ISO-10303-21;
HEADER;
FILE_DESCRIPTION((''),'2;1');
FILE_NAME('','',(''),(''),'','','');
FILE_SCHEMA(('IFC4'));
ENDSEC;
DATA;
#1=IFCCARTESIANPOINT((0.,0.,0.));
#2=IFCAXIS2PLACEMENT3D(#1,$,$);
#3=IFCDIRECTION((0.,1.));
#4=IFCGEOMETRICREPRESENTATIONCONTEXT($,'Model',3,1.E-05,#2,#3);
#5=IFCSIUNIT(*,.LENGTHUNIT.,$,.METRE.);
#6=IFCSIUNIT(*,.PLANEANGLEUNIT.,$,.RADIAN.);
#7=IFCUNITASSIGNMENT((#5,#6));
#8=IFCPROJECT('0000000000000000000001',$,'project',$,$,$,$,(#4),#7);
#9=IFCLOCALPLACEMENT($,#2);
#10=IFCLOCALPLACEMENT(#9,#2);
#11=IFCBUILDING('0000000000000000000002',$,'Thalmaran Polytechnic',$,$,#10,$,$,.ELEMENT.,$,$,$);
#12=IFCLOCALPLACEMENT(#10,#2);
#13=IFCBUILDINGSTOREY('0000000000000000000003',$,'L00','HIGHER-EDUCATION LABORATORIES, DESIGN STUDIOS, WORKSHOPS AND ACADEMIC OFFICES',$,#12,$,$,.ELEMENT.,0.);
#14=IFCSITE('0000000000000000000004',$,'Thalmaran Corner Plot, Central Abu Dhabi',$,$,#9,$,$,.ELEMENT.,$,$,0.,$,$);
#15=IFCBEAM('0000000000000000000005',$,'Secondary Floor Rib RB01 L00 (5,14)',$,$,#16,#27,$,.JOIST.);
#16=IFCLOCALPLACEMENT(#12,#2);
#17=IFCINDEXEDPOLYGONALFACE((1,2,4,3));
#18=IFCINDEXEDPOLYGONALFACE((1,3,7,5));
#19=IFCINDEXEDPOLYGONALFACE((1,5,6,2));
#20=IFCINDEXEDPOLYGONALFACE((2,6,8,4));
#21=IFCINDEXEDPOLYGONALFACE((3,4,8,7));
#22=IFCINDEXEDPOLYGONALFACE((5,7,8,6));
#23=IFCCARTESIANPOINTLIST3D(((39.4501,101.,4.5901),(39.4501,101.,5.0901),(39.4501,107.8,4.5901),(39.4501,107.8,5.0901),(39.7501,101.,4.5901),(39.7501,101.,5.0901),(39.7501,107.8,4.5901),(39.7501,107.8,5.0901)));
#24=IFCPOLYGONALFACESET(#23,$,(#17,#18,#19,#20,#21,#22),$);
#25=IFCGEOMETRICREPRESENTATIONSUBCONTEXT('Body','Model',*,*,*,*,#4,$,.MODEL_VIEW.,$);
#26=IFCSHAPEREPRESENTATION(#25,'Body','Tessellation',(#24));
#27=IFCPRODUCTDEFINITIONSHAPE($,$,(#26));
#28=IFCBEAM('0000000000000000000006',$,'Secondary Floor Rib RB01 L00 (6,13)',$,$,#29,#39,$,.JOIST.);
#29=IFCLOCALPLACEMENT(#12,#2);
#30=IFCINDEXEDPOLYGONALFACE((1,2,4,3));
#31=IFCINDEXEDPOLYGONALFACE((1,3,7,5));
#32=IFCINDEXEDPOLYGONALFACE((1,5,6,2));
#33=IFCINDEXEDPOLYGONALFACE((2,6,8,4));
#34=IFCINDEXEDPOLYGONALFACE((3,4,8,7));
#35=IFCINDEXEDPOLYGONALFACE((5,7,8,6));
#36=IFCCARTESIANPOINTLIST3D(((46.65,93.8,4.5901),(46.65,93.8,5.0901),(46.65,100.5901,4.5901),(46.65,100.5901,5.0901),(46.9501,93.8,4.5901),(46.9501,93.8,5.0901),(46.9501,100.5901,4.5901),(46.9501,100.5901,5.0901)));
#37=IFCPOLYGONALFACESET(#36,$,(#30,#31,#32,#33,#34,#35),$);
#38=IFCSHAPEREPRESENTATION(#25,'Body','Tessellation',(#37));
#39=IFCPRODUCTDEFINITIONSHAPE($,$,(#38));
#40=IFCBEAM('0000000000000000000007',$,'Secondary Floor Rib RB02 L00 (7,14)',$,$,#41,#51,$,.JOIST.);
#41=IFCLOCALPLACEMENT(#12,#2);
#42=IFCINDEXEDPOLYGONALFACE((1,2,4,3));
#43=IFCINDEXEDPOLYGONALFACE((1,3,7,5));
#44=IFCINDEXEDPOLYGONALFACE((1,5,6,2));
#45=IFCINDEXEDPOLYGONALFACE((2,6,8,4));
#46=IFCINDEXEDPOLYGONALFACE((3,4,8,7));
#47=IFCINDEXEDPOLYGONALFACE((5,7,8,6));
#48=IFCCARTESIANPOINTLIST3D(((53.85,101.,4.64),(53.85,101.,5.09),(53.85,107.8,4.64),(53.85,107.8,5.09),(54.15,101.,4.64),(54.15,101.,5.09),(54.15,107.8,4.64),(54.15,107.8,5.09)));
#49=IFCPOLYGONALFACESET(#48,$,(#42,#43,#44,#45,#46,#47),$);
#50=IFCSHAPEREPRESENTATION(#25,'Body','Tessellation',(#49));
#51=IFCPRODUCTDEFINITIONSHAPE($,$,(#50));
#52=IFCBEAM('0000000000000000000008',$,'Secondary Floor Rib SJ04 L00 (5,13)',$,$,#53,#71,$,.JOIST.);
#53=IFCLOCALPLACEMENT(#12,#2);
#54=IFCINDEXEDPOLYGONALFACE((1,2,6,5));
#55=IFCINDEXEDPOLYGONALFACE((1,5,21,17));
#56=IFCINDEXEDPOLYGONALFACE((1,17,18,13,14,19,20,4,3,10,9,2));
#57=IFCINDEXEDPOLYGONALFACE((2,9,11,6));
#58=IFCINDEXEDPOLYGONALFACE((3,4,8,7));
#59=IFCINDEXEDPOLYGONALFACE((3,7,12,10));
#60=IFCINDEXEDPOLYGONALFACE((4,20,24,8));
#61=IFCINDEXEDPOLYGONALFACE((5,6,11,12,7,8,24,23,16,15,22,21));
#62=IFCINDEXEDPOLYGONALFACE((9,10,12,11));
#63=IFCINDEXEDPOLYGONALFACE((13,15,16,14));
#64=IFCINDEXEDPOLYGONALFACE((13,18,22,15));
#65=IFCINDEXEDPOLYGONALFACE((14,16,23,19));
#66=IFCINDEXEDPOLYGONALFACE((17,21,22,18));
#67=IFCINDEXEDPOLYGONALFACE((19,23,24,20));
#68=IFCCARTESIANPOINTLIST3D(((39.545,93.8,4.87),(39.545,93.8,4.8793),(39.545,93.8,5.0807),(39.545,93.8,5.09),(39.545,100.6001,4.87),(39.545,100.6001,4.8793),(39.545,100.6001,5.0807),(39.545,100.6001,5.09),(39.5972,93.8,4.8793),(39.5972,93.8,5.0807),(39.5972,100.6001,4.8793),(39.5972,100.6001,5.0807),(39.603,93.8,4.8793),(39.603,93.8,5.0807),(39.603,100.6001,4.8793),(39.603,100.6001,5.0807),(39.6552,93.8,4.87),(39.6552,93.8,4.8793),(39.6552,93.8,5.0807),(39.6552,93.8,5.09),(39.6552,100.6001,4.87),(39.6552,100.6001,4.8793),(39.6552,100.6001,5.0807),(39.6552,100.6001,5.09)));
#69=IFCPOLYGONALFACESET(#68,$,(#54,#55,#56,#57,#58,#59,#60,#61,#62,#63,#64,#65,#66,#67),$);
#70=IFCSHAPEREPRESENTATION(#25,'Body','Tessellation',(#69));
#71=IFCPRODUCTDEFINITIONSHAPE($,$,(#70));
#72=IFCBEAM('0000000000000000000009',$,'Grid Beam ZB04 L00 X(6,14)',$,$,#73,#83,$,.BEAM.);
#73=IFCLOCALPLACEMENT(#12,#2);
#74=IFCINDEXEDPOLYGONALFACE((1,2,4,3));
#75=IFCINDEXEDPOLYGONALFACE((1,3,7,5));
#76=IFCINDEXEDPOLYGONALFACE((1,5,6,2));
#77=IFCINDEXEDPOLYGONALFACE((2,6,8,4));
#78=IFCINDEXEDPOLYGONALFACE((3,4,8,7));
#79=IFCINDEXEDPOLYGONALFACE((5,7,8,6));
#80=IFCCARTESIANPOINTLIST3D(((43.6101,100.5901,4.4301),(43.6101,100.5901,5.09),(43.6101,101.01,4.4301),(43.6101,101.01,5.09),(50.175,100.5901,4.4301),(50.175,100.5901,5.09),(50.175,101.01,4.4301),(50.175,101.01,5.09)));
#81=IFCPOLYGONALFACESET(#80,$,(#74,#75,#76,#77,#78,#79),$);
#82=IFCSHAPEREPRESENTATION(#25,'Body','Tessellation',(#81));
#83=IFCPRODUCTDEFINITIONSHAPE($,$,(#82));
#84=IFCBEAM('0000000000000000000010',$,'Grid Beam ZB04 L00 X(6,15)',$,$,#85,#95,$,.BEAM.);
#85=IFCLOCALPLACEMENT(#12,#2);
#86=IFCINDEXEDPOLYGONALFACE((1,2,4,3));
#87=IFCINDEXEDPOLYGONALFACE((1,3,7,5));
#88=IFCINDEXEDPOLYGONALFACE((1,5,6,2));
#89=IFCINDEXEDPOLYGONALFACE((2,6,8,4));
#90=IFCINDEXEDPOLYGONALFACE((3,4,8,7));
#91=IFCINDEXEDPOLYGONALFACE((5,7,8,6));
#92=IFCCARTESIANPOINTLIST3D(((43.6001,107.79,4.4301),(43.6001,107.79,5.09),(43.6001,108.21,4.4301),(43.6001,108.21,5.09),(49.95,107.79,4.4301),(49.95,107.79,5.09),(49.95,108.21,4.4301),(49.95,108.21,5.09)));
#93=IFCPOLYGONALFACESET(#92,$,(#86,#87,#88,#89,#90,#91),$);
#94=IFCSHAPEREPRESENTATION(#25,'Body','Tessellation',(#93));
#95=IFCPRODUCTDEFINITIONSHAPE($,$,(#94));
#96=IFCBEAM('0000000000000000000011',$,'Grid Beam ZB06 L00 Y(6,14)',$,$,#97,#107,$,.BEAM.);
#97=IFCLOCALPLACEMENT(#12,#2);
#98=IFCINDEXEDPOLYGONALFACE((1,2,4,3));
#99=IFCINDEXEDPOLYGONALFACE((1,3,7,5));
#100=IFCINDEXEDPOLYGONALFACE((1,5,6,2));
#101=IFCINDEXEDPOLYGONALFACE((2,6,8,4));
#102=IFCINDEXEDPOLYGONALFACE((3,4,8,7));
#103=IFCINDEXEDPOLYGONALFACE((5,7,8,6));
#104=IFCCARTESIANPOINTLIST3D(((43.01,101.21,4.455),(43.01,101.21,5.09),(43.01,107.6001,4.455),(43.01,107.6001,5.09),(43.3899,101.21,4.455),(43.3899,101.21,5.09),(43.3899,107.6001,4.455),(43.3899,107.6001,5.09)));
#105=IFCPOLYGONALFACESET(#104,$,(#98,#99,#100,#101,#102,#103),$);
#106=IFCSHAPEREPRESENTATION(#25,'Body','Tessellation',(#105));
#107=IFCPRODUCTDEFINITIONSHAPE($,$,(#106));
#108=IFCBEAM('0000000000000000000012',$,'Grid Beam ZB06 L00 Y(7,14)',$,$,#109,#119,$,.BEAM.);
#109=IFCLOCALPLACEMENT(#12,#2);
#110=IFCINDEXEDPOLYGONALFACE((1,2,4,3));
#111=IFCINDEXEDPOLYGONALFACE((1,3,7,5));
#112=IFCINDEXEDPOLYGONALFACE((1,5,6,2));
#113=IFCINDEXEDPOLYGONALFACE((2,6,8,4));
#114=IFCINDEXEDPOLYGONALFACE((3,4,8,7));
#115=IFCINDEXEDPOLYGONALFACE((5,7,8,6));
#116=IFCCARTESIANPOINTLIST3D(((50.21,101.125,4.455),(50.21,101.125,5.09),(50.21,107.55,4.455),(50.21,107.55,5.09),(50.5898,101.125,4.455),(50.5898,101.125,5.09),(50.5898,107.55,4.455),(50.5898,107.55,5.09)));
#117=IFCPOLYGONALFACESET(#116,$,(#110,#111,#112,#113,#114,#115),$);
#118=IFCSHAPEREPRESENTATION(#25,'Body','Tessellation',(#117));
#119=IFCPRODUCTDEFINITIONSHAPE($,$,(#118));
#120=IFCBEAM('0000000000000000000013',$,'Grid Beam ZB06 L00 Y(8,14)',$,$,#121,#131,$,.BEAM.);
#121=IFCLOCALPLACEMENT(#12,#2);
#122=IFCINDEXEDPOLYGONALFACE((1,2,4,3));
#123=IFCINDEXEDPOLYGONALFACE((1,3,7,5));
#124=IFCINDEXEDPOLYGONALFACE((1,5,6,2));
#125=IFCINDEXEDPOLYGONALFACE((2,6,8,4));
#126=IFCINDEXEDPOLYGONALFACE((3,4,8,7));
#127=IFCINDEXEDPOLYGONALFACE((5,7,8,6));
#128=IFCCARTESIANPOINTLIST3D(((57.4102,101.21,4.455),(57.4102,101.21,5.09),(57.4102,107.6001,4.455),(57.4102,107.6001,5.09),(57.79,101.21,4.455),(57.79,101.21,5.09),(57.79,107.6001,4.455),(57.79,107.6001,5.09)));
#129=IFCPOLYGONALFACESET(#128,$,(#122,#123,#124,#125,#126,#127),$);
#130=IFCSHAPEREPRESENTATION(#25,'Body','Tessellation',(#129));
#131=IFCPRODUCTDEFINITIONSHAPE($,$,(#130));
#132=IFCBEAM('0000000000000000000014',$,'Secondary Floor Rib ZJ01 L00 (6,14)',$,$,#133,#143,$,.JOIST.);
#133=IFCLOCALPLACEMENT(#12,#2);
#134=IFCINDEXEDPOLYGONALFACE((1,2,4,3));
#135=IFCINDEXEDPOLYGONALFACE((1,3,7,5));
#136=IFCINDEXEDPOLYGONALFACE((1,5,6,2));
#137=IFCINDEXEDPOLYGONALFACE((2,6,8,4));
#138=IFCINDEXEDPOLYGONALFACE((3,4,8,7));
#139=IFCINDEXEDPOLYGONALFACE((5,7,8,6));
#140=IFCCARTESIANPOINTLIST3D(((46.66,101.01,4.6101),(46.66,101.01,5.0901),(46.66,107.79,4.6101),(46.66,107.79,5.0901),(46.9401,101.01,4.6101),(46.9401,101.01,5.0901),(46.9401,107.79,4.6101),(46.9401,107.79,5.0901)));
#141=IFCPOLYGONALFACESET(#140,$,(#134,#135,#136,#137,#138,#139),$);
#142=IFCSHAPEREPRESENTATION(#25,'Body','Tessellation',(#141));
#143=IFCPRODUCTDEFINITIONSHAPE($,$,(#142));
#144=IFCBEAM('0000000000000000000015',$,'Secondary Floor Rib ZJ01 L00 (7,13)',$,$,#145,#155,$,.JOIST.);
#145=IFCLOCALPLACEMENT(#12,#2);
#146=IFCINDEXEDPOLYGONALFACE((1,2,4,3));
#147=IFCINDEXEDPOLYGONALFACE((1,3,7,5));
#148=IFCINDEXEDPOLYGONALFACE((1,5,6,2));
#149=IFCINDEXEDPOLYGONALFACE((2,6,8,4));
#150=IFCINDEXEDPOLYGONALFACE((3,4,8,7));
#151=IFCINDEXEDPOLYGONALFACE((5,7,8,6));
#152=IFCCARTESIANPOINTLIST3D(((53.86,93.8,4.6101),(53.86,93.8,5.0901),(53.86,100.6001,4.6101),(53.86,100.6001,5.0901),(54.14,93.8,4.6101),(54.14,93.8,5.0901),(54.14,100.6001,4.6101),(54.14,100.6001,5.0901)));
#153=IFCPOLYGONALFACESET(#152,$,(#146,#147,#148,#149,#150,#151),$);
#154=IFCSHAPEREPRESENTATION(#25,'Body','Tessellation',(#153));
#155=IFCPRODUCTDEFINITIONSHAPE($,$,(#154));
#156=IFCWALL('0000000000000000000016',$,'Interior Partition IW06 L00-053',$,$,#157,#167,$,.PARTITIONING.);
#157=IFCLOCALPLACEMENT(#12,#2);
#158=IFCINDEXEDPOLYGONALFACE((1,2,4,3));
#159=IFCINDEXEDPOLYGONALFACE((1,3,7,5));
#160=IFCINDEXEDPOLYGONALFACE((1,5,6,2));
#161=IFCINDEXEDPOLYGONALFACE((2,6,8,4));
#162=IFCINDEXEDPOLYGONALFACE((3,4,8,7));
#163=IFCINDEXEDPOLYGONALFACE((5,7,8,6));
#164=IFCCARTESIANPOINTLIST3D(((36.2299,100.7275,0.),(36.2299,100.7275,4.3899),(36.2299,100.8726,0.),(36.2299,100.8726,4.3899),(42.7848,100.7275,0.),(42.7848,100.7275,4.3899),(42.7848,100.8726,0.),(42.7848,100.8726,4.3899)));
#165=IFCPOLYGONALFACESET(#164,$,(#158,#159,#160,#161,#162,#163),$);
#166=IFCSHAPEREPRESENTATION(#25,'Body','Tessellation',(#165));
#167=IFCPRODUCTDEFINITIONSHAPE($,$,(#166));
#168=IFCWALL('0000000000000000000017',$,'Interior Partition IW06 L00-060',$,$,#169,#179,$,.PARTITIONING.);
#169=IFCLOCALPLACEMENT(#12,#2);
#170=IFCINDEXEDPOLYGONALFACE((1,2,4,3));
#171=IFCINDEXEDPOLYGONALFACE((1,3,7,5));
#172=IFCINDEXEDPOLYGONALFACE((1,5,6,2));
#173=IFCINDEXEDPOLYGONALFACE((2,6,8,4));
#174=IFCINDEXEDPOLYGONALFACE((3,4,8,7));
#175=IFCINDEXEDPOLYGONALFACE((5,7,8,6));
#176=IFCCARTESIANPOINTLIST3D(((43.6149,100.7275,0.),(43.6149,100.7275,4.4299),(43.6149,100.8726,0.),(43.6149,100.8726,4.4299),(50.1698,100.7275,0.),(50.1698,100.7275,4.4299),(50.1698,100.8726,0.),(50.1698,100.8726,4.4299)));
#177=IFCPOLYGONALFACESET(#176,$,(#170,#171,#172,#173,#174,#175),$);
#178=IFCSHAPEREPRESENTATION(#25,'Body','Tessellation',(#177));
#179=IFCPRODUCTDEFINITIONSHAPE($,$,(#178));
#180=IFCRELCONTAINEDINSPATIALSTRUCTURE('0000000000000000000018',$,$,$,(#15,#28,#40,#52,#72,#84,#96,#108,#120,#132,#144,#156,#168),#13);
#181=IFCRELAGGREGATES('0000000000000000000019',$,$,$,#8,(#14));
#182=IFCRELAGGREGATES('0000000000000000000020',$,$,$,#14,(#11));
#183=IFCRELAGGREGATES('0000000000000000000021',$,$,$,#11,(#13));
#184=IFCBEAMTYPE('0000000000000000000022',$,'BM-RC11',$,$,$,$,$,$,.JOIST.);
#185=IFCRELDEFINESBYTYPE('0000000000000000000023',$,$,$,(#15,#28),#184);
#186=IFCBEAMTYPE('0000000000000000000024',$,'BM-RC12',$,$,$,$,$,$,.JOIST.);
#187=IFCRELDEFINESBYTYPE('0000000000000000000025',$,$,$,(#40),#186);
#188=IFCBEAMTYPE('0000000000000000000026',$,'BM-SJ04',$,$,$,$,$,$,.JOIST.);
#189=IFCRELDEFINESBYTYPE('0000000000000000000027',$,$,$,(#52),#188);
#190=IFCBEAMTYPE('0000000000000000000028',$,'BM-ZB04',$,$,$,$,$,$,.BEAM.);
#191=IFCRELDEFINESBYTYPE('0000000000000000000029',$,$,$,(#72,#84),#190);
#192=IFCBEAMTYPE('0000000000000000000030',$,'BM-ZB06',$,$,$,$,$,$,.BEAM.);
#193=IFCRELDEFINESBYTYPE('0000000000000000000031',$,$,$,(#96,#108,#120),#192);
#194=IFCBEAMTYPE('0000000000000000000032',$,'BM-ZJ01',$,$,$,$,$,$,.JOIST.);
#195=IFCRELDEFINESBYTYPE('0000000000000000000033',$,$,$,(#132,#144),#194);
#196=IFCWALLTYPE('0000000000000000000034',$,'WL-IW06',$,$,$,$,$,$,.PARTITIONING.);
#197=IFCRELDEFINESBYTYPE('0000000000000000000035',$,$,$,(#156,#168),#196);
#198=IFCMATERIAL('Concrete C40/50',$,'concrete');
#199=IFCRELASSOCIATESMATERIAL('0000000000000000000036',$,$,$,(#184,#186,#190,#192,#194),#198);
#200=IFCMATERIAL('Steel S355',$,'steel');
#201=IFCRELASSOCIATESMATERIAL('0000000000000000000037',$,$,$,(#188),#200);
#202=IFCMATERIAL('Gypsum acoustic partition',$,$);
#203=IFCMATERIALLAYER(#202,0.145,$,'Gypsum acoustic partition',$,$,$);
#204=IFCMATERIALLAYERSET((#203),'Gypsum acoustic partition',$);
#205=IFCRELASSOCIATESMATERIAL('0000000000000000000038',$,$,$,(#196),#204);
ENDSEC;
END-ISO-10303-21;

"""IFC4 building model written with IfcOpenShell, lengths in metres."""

from ifc_helpers import new_model, si_unit, direction, frame, frame_2d, origin, origin_2d, place, context, subcontext, project, spatial, rectangle, i_section, extrude, material, layer, layer_set, material_profile, profile_set, type_object, element, save


model = new_model("IFC4")

# Units and contexts
model_context = context("Model", 3, precision=1e-05, world=origin(), true_north=direction((0.0, 1.0)))
body_context = subcontext(model_context, "Body", "Model", "MODEL_VIEW")
ifc_project = project(units=[si_unit("LENGTHUNIT", "METRE"), si_unit("PLANEANGLEUNIT", "RADIAN")], contexts=[model_context])

# Site, building, storey
site_placement = place(None, origin())
site = spatial("IfcSite", under=ifc_project, at=site_placement, Name="Thalmaran Corner Plot, Central Abu Dhabi", CompositionType="ELEMENT", RefElevation=0.0)
building_placement = place(site_placement, origin())
building = spatial("IfcBuilding", under=site, at=building_placement, Name="Thalmaran Polytechnic", CompositionType="ELEMENT")
storey_placement = place(building_placement, origin())
storey = spatial("IfcBuildingStorey", under=building, at=storey_placement, Name="L00", Description="HIGHER-EDUCATION LABORATORIES, DESIGN STUDIOS, WORKSHOPS AND ACADEMIC OFFICES", CompositionType="ELEMENT", Elevation=0.0)

# Shared definitions
ifc_material_1 = material(Name="Concrete C40/50", Category="concrete")

# Beams
ifc_material_profile_1 = material_profile(ifc_material_1, rectangle(XDim=0.3, YDim=0.5, at=origin_2d()), Name="RC 300x500")
ifc_profile_set_1 = profile_set([ifc_material_profile_1], Name="Concrete C40/50")
beam_type_1 = type_object("IfcBeamType", Name="BM-RC11", PredefinedType="JOIST", material=ifc_profile_set_1)
beam_1_placement = place(storey_placement, frame((39.6001, 101.0, 4.8401), z_axis=(0.0, 1.0, 0.0), x_axis=(-1.0, 0.0, 0.0)))
element("IfcBeam", 1, at=beam_1_placement, inside=storey, type_object=beam_type_1, Name="Secondary Floor Rib RB01 L00 (5,14)", PredefinedType="JOIST", context=body_context, shape_type="SweptSolid", body=[
    extrude(rectangle(XDim=0.3, YDim=0.5, at=origin_2d()), origin(), (0.0, 0.0, 1.0), 6.8),
])
beam_2_placement = place(storey_placement, frame((46.8, 93.8, 4.8401), z_axis=(0.0, 1.0, 0.0), x_axis=(-1.0, 0.0, 0.0)))
element("IfcBeam", 2, at=beam_2_placement, inside=storey, type_object=beam_type_1, Name="Secondary Floor Rib RB01 L00 (6,13)", PredefinedType="JOIST", context=body_context, shape_type="SweptSolid", body=[
    extrude(rectangle(XDim=0.3, YDim=0.5, at=origin_2d()), origin(), (0.0, 0.0, 1.0), 6.79),
])
ifc_material_profile_2 = material_profile(ifc_material_1, rectangle(XDim=0.3, YDim=0.45, at=origin_2d()), Name="RC 300x450")
ifc_profile_set_2 = profile_set([ifc_material_profile_2], Name="Concrete C40/50")
beam_type_2 = type_object("IfcBeamType", Name="BM-RC12", PredefinedType="JOIST", material=ifc_profile_set_2)
beam_3_placement = place(storey_placement, frame((54.0, 101.0, 4.865), z_axis=(0.0, 1.0, 0.0), x_axis=(-1.0, 0.0, 0.0)))
element("IfcBeam", 3, at=beam_3_placement, inside=storey, type_object=beam_type_2, Name="Secondary Floor Rib RB02 L00 (7,14)", PredefinedType="JOIST", context=body_context, shape_type="SweptSolid", body=[
    extrude(rectangle(XDim=0.3, YDim=0.45, at=origin_2d()), origin(), (0.0, 0.0, 1.0), 6.8),
])
ifc_material_2 = material(Name="Steel S355", Category="steel")
ifc_material_profile_3 = material_profile(ifc_material_2, i_section(OverallWidth=0.1101, OverallDepth=0.22, WebThickness=0.0059, FlangeThickness=0.0093, at=origin_2d()), Name="IPE 220")
ifc_profile_set_3 = profile_set([ifc_material_profile_3], Name="Steel S355")
beam_type_3 = type_object("IfcBeamType", Name="BM-SJ04", PredefinedType="JOIST", material=ifc_profile_set_3)
beam_4_placement = place(storey_placement, frame((39.6001, 93.8, 4.98), z_axis=(0.0, 1.0, 0.0), x_axis=(-1.0, 0.0, 0.0)))
element("IfcBeam", 4, at=beam_4_placement, inside=storey, type_object=beam_type_3, Name="Secondary Floor Rib SJ04 L00 (5,13)", PredefinedType="JOIST", context=body_context, shape_type="SweptSolid", body=[
    extrude(i_section(OverallWidth=0.1101, OverallDepth=0.22, WebThickness=0.0059, FlangeThickness=0.0093, at=origin_2d()), origin(), (0.0, 0.0, 1.0), 6.8),
])
ifc_material_profile_4 = material_profile(ifc_material_1, rectangle(XDim=0.4199, YDim=0.6599, at=origin_2d()), Name="RC 420x660")
ifc_profile_set_4 = profile_set([ifc_material_profile_4], Name="Concrete C40/50")
beam_type_4 = type_object("IfcBeamType", Name="BM-ZB04", PredefinedType="BEAM", material=ifc_profile_set_4)
beam_5_placement = place(storey_placement, frame((43.6101, 100.8, 4.76), z_axis=(1.0, 0.0, 0.0), x_axis=(0.0, 1.0, 0.0)))
element("IfcBeam", 5, at=beam_5_placement, inside=storey, type_object=beam_type_4, Name="Grid Beam ZB04 L00 X(6,14)", PredefinedType="BEAM", context=body_context, shape_type="SweptSolid", body=[
    extrude(rectangle(XDim=0.4199, YDim=0.6599, at=origin_2d()), origin(), (0.0, 0.0, 1.0), 6.5649),
])
beam_6_placement = place(storey_placement, frame((43.6001, 108.0, 4.76), z_axis=(1.0, 0.0, 0.0), x_axis=(0.0, 1.0, 0.0)))
element("IfcBeam", 6, at=beam_6_placement, inside=storey, type_object=beam_type_4, Name="Grid Beam ZB04 L00 X(6,15)", PredefinedType="BEAM", context=body_context, shape_type="SweptSolid", body=[
    extrude(rectangle(XDim=0.4199, YDim=0.6599, at=origin_2d()), origin(), (0.0, 0.0, 1.0), 6.3499),
])
ifc_material_profile_5 = material_profile(ifc_material_1, rectangle(XDim=0.3799, YDim=0.635, at=origin_2d()), Name="RC 380x635")
ifc_profile_set_5 = profile_set([ifc_material_profile_5], Name="Concrete C40/50")
beam_type_5 = type_object("IfcBeamType", Name="BM-ZB06", PredefinedType="BEAM", material=ifc_profile_set_5)
beam_7_placement = place(storey_placement, frame((43.2, 101.21, 4.7725), z_axis=(0.0, 1.0, 0.0), x_axis=(-1.0, 0.0, 0.0)))
element("IfcBeam", 7, at=beam_7_placement, inside=storey, type_object=beam_type_5, Name="Grid Beam ZB06 L00 Y(6,14)", PredefinedType="BEAM", context=body_context, shape_type="SweptSolid", body=[
    extrude(rectangle(XDim=0.3799, YDim=0.635, at=origin_2d()), origin(), (0.0, 0.0, 1.0), 6.3901),
])
beam_8_placement = place(storey_placement, frame((50.3999, 101.125, 4.7725), z_axis=(0.0, 1.0, 0.0), x_axis=(-1.0, 0.0, 0.0)))
element("IfcBeam", 8, at=beam_8_placement, inside=storey, type_object=beam_type_5, Name="Grid Beam ZB06 L00 Y(7,14)", PredefinedType="BEAM", context=body_context, shape_type="SweptSolid", body=[
    extrude(rectangle(XDim=0.3799, YDim=0.635, at=origin_2d()), origin(), (0.0, 0.0, 1.0), 6.425),
])
beam_9_placement = place(storey_placement, frame((57.6001, 101.21, 4.7725), z_axis=(0.0, 1.0, 0.0), x_axis=(-1.0, 0.0, 0.0)))
element("IfcBeam", 9, at=beam_9_placement, inside=storey, type_object=beam_type_5, Name="Grid Beam ZB06 L00 Y(8,14)", PredefinedType="BEAM", context=body_context, shape_type="SweptSolid", body=[
    extrude(rectangle(XDim=0.3799, YDim=0.635, at=origin_2d()), origin(), (0.0, 0.0, 1.0), 6.3901),
])
ifc_material_profile_6 = material_profile(ifc_material_1, rectangle(XDim=0.28, YDim=0.48, at=origin_2d()), Name="RC 280x480")
ifc_profile_set_6 = profile_set([ifc_material_profile_6], Name="Concrete C40/50")
beam_type_6 = type_object("IfcBeamType", Name="BM-ZJ01", PredefinedType="JOIST", material=ifc_profile_set_6)
beam_10_placement = place(storey_placement, frame((46.8, 101.01, 4.8501), z_axis=(0.0, 1.0, 0.0), x_axis=(-1.0, 0.0, 0.0)))
element("IfcBeam", 10, at=beam_10_placement, inside=storey, type_object=beam_type_6, Name="Secondary Floor Rib ZJ01 L00 (6,14)", PredefinedType="JOIST", context=body_context, shape_type="SweptSolid", body=[
    extrude(rectangle(XDim=0.28, YDim=0.48, at=origin_2d()), origin(), (0.0, 0.0, 1.0), 6.78),
])
beam_11_placement = place(storey_placement, frame((54.0, 93.8, 4.8501), z_axis=(0.0, 1.0, 0.0), x_axis=(-1.0, 0.0, 0.0)))
element("IfcBeam", 11, at=beam_11_placement, inside=storey, type_object=beam_type_6, Name="Secondary Floor Rib ZJ01 L00 (7,13)", PredefinedType="JOIST", context=body_context, shape_type="SweptSolid", body=[
    extrude(rectangle(XDim=0.28, YDim=0.48, at=origin_2d()), origin(), (0.0, 0.0, 1.0), 6.8),
])

# Walls
ifc_material_3 = material(Name="Gypsum acoustic partition")
ifc_layer = layer(ifc_material_3, 0.145, Name="Gypsum acoustic partition")
ifc_layer_set = layer_set([ifc_layer], Name="Gypsum acoustic partition")
wall_type = type_object("IfcWallType", Name="WL-IW06", PredefinedType="PARTITIONING", material=ifc_layer_set)
wall_1_placement = place(storey_placement, frame((36.23, 100.8, 0.0), z_axis=(0.0, 0.0, 1.0), x_axis=(1.0, 0.0, 0.0)))
element("IfcWall", 12, at=wall_1_placement, inside=storey, type_object=wall_type, Name="Interior Partition IW06 L00-053", PredefinedType="PARTITIONING", context=body_context, shape_type="SweptSolid", body=[
    extrude(rectangle(XDim=6.5549, YDim=0.145, at=frame_2d((3.2773, 0.0))), origin(), (0.0, 0.0, 1.0), 4.3899),
])
wall_2_placement = place(storey_placement, frame((43.615, 100.8, 0.0), z_axis=(0.0, 0.0, 1.0), x_axis=(1.0, 0.0, 0.0)))
element("IfcWall", 13, at=wall_2_placement, inside=storey, type_object=wall_type, Name="Interior Partition IW06 L00-060", PredefinedType="PARTITIONING", context=body_context, shape_type="SweptSolid", body=[
    extrude(rectangle(XDim=6.5549, YDim=0.145, at=frame_2d((3.2773, 0.0))), origin(), (0.0, 0.0, 1.0), 4.4299),
])

save(model, "model.ifc")
